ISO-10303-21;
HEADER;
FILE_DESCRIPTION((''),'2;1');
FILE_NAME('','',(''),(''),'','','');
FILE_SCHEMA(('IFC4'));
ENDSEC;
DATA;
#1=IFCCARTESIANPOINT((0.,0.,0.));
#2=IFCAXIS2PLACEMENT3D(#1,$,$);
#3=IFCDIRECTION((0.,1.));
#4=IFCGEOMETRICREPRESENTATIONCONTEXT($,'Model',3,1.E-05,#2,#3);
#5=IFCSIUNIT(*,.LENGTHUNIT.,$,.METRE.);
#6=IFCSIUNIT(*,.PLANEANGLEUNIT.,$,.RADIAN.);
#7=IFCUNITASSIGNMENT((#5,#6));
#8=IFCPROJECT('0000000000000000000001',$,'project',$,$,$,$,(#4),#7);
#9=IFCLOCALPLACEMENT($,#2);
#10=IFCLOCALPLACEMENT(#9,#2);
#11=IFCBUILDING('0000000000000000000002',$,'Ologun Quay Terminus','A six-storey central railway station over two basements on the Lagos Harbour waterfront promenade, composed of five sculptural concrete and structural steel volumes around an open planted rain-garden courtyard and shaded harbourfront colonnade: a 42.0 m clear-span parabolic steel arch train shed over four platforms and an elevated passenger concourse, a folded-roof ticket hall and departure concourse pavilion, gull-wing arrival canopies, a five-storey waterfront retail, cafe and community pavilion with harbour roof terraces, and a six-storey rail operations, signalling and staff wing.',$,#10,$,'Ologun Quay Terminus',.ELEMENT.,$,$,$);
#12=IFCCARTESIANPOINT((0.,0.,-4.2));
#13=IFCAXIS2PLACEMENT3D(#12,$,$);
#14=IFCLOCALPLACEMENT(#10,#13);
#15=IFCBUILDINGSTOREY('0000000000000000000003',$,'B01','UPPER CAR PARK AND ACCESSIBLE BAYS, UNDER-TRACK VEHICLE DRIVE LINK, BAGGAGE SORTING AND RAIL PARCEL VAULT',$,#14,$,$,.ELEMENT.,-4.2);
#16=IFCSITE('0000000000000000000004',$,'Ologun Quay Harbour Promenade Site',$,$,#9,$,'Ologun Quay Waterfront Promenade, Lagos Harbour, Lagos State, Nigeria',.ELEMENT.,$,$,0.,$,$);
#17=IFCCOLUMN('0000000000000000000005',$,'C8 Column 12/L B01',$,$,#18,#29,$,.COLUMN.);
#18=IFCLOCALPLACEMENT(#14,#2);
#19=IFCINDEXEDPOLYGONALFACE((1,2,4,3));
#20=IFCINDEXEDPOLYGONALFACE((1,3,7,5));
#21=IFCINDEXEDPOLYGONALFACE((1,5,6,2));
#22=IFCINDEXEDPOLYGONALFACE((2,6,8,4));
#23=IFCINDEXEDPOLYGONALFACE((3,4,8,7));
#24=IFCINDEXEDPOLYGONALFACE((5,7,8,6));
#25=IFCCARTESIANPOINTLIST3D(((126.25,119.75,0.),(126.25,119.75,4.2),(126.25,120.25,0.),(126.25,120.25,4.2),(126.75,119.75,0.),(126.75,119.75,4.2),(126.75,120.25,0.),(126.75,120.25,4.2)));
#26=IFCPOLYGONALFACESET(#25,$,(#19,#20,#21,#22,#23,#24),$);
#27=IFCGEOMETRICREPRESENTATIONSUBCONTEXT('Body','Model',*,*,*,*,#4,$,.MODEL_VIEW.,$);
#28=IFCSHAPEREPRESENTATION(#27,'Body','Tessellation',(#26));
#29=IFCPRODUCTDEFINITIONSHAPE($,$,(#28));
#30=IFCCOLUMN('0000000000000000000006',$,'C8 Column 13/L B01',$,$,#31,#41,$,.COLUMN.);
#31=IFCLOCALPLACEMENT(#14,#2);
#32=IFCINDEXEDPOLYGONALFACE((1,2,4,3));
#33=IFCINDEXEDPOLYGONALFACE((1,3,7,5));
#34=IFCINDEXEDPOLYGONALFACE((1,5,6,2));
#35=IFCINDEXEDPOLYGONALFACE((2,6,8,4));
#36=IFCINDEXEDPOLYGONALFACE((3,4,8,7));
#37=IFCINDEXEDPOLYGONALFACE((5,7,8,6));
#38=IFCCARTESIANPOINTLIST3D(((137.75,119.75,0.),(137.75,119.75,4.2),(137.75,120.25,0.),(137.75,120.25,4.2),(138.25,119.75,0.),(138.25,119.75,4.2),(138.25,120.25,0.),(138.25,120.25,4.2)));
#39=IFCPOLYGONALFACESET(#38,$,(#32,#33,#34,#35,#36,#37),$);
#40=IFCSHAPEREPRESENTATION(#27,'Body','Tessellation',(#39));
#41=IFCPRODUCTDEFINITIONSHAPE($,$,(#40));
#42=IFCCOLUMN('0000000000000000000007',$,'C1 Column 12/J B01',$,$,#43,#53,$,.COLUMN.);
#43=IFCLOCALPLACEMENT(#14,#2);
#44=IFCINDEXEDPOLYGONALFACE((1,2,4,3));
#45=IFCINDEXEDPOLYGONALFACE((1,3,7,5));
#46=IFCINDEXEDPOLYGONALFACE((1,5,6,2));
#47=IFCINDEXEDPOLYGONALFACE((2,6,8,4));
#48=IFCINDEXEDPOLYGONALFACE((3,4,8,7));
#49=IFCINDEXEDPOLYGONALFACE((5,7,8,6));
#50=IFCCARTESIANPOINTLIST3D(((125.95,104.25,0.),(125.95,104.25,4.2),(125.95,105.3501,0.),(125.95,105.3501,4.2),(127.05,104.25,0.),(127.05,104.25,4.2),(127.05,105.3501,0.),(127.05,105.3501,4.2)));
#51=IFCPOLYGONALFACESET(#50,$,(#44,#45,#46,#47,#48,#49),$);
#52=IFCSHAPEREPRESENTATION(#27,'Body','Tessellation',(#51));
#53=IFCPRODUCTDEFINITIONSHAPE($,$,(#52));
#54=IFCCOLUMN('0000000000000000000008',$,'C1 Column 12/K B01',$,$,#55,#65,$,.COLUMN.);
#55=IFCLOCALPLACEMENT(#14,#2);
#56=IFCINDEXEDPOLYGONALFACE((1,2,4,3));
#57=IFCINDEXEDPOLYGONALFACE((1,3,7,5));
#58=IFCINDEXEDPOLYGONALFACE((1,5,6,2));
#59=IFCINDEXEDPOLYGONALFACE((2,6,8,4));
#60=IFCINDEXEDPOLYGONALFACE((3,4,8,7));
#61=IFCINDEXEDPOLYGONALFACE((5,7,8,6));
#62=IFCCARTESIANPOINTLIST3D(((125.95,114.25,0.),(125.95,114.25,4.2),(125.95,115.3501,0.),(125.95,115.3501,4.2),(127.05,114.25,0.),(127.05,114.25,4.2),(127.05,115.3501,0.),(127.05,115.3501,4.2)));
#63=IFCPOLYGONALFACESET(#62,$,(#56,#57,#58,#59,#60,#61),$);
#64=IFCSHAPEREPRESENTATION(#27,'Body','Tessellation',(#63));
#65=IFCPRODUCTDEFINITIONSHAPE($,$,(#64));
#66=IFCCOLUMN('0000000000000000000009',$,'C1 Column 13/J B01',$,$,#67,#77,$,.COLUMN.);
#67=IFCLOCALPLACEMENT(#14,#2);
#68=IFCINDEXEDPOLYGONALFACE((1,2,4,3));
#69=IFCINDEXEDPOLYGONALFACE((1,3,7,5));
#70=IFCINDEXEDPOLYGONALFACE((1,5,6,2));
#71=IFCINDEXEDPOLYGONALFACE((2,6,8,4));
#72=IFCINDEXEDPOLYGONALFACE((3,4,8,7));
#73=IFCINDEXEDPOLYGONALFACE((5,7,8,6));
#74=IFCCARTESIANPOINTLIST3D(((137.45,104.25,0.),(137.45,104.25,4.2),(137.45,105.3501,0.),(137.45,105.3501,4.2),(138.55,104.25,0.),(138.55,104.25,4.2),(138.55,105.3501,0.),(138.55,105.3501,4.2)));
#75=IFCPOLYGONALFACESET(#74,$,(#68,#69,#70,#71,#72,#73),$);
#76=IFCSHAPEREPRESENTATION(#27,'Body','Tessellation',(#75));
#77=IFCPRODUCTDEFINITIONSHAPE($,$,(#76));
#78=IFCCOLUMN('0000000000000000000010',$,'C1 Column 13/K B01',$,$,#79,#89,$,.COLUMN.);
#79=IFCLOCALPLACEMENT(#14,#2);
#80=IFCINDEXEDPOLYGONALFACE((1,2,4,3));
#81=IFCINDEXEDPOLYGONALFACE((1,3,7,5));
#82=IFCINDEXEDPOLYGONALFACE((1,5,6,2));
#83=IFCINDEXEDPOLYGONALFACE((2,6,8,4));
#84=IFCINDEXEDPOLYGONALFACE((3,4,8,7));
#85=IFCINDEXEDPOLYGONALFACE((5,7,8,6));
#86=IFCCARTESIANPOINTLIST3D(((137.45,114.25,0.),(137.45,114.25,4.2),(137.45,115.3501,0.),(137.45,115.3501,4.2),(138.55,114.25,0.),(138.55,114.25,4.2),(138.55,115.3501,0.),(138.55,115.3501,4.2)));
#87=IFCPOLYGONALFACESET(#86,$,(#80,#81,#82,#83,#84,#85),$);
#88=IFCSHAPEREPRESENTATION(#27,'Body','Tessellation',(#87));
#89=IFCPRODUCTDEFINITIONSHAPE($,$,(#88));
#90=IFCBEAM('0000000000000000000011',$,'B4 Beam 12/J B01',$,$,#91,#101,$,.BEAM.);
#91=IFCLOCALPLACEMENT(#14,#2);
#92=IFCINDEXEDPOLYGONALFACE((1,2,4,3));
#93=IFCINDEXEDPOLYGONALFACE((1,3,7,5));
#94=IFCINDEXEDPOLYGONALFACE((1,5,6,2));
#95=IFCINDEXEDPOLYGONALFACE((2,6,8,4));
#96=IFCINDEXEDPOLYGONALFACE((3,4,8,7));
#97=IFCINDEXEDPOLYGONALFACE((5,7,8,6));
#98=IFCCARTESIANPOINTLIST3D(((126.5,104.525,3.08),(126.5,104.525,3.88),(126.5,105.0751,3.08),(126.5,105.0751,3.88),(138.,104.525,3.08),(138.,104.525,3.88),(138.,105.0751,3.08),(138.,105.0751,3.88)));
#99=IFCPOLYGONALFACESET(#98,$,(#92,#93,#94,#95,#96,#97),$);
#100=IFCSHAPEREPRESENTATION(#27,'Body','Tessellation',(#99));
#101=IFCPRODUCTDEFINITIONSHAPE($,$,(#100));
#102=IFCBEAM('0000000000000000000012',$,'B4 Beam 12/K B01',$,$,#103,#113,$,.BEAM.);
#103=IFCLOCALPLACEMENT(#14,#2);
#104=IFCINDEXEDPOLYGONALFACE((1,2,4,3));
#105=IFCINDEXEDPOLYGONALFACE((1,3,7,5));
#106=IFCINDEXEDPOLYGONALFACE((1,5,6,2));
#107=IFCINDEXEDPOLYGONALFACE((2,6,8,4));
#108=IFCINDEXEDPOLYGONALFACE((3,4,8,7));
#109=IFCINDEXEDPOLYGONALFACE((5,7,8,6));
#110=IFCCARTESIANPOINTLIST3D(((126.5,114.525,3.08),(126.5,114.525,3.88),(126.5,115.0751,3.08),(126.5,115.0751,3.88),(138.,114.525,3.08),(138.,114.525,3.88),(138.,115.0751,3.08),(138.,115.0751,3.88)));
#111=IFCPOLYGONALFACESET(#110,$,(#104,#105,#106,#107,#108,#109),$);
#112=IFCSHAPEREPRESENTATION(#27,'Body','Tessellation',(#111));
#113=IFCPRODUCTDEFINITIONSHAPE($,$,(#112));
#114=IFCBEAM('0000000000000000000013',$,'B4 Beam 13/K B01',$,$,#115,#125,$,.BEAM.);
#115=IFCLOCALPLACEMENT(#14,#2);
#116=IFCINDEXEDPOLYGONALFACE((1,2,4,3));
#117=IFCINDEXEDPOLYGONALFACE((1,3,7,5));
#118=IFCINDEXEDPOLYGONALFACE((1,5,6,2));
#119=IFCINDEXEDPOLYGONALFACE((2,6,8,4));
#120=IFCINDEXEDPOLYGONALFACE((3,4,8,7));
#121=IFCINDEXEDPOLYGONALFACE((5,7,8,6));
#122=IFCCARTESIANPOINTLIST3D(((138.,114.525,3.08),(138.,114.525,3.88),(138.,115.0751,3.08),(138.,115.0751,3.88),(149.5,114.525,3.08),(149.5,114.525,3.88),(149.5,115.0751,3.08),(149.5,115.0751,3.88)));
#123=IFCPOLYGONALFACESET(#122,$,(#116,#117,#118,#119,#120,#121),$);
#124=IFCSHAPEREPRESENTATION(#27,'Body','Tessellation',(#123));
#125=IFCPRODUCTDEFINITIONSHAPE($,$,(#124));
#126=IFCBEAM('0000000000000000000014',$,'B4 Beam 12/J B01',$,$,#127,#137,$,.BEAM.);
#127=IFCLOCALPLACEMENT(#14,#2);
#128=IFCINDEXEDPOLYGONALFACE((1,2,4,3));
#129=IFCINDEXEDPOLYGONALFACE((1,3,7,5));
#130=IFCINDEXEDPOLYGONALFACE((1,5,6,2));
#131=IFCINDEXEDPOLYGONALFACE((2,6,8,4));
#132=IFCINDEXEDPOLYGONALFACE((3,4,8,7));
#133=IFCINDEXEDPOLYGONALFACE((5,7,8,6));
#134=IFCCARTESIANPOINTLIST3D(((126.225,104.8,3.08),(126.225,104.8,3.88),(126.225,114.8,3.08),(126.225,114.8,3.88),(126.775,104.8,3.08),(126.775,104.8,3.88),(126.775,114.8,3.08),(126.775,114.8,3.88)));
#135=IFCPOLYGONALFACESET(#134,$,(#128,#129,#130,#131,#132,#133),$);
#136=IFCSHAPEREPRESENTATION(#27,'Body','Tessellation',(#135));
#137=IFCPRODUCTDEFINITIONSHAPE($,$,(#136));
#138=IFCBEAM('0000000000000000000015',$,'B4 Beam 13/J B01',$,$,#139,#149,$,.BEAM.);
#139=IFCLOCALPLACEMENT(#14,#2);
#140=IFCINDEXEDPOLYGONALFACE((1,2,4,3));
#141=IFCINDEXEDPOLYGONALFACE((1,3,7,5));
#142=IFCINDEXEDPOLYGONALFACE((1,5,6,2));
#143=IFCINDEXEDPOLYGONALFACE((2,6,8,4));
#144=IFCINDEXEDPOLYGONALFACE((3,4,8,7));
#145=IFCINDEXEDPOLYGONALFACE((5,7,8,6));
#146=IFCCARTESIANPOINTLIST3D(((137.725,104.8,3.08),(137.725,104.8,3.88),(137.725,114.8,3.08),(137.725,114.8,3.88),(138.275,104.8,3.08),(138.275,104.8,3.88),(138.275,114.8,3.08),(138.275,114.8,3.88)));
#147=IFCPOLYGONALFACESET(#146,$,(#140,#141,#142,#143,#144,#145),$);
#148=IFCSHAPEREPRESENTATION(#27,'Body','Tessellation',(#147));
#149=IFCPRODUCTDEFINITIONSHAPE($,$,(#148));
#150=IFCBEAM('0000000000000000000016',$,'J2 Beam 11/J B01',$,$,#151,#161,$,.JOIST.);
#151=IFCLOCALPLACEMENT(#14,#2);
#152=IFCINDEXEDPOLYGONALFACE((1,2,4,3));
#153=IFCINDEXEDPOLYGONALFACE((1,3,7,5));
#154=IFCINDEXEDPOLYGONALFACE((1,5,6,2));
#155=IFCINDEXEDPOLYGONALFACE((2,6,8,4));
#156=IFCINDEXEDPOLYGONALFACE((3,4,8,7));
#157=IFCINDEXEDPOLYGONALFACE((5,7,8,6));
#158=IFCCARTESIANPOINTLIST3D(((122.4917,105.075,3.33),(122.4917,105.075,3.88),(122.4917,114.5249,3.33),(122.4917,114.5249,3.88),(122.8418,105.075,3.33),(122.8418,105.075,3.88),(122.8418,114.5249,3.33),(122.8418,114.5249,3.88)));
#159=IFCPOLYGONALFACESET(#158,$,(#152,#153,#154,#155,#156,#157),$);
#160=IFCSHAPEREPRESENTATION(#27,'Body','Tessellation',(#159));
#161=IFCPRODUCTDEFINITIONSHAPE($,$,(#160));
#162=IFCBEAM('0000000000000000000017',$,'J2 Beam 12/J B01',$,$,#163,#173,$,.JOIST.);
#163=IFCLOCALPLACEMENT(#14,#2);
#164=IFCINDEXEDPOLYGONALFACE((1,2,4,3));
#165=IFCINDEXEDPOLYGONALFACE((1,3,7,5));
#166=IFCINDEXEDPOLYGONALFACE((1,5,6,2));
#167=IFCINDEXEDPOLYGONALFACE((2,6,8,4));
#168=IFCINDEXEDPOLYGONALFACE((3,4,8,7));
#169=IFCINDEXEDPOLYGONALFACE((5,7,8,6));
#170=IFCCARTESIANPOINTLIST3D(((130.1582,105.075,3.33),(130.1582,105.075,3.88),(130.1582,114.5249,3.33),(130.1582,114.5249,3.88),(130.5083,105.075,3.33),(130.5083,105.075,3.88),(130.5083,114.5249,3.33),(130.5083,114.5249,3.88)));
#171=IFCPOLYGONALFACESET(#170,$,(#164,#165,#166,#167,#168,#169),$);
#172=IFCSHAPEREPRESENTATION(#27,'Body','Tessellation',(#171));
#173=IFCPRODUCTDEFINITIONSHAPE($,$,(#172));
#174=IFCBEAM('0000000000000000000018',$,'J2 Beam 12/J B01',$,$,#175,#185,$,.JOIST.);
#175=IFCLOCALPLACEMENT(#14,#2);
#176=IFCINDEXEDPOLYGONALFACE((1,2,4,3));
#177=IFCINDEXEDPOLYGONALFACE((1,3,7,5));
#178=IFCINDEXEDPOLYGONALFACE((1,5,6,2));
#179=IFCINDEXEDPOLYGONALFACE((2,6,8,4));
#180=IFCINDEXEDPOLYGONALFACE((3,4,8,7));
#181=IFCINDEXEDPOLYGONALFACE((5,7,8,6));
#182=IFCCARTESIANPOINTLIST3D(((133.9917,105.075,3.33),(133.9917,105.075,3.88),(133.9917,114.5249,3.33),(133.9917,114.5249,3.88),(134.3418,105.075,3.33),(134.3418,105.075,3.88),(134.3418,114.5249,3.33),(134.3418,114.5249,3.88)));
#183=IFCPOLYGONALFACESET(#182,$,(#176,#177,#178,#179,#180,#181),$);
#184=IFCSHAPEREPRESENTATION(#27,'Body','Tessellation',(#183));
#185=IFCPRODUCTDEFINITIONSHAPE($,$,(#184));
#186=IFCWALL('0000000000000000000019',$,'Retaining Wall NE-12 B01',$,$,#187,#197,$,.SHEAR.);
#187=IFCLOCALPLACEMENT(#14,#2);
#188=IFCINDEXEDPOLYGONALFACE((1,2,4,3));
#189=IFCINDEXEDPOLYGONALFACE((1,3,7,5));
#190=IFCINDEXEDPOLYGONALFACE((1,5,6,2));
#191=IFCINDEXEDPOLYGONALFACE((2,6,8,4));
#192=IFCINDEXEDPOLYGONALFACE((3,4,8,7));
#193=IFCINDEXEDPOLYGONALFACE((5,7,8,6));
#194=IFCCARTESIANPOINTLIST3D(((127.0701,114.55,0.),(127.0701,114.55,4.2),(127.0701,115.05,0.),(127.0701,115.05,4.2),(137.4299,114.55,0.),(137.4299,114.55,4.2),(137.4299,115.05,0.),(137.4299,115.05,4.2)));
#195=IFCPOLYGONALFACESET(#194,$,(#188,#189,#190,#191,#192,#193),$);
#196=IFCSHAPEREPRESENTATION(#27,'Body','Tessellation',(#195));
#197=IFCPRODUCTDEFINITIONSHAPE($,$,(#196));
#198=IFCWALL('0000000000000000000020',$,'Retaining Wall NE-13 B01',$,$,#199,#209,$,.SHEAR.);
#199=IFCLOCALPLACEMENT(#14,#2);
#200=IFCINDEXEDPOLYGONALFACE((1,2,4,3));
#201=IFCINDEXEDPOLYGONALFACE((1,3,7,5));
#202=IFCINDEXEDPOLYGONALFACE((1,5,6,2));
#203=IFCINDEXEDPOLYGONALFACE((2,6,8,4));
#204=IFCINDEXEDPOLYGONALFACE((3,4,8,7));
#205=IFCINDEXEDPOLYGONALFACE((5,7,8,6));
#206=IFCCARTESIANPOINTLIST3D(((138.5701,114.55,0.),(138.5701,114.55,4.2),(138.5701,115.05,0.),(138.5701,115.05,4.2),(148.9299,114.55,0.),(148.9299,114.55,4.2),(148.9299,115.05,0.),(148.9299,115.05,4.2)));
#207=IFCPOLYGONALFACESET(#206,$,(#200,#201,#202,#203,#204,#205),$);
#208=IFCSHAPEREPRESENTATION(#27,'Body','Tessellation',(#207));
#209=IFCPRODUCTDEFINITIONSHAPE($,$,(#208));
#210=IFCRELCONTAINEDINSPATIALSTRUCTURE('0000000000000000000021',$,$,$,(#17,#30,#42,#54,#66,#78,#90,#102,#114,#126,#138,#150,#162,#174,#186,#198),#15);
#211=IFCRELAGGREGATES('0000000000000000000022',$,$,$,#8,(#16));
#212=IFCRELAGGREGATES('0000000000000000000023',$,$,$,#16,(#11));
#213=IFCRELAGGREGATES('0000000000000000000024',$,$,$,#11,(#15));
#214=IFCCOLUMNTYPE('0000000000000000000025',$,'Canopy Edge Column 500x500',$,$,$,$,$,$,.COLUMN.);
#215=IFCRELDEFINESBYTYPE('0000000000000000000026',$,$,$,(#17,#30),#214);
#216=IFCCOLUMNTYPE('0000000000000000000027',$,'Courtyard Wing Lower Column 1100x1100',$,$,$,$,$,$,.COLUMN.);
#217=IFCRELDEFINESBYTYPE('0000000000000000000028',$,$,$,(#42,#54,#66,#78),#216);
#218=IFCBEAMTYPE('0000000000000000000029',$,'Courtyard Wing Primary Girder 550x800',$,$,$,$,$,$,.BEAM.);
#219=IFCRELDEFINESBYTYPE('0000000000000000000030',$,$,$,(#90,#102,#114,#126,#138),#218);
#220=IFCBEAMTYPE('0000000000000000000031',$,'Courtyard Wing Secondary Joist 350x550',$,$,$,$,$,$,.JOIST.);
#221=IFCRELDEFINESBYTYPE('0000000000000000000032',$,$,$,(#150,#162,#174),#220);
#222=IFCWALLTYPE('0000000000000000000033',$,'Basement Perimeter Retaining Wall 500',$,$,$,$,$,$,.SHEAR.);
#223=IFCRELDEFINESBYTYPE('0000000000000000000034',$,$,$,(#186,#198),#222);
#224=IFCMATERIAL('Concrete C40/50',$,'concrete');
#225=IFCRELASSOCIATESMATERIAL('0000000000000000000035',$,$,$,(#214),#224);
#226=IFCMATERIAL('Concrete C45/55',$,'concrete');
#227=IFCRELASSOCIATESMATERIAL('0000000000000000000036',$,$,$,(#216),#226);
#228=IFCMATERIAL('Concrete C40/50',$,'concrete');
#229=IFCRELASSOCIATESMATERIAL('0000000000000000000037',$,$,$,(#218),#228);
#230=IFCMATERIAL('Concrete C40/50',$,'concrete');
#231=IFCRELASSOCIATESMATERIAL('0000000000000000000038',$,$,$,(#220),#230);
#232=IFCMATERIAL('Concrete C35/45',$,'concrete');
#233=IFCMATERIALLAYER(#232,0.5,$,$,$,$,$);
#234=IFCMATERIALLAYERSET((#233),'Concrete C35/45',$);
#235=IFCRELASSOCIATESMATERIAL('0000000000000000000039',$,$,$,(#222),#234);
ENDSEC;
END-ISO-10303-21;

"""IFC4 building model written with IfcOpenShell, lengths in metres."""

from ifc_helpers import new_model, si_unit, direction, frame, frame_2d, origin, origin_2d, place, context, subcontext, project, spatial, rectangle, extrude, material, layer, layer_set, material_profile, profile_set, type_object, element, save


model = new_model("IFC4")

# Units and contexts
model_context = context("Model", 3, precision=1e-05, world=origin(), true_north=direction((0.0, 1.0)))
body_context = subcontext(model_context, "Body", "Model", "MODEL_VIEW")
ifc_project = project(units=[si_unit("LENGTHUNIT", "METRE"), si_unit("PLANEANGLEUNIT", "RADIAN")], contexts=[model_context])

# Site, building, storey
site_placement = place(None, origin())
site = spatial("IfcSite", under=ifc_project, at=site_placement, Name="Ologun Quay Harbour Promenade Site", LongName="Ologun Quay Waterfront Promenade, Lagos Harbour, Lagos State, Nigeria", CompositionType="ELEMENT", RefElevation=0.0)
building_placement = place(site_placement, origin())
building = spatial("IfcBuilding", under=site, at=building_placement, Name="Ologun Quay Terminus", Description="A six-storey central railway station over two basements on the Lagos Harbour waterfront promenade, composed of five sculptural concrete and structural steel volumes around an open planted rain-garden courtyard and shaded harbourfront colonnade: a 42.0 m clear-span parabolic steel arch train shed over four platforms and an elevated passenger concourse, a folded-roof ticket hall and departure concourse pavilion, gull-wing arrival canopies, a five-storey waterfront retail, cafe and community pavilion with harbour roof terraces, and a six-storey rail operations, signalling and staff wing.", LongName="Ologun Quay Terminus", CompositionType="ELEMENT")
storey_placement = place(building_placement, frame((0.0, 0.0, -4.2)))
storey = spatial("IfcBuildingStorey", under=building, at=storey_placement, Name="B01", Description="UPPER CAR PARK AND ACCESSIBLE BAYS, UNDER-TRACK VEHICLE DRIVE LINK, BAGGAGE SORTING AND RAIL PARCEL VAULT", CompositionType="ELEMENT", Elevation=-4.2)

# Columns
ifc_material_1 = material(Name="Concrete C40/50", Category="concrete")
ifc_material_profile_1 = material_profile(ifc_material_1, rectangle(XDim=0.5, YDim=0.5, at=origin_2d()), Name="RC 500x500")
ifc_profile_set_1 = profile_set([ifc_material_profile_1], Name="Concrete C40/50")
column_type_1 = type_object("IfcColumnType", Name="Canopy Edge Column 500x500", PredefinedType="COLUMN", material=ifc_profile_set_1)
for number, where, z_axis, x_axis, name in (
    (1, (126.5, 120.0, 0.0), (0.0, 0.0, 1.0), (1.0, 0.0, 0.0), "C8 Column 12/L B01"),
    (2, (138.0, 120.0, 0.0), (0.0, 0.0, 1.0), (1.0, 0.0, 0.0), "C8 Column 13/L B01"),
):
    element("IfcColumn", number, at=place(storey_placement, frame(where, z_axis=z_axis, x_axis=x_axis)), inside=storey, type_object=column_type_1, Name=name, PredefinedType="COLUMN", context=body_context, shape_type="SweptSolid", body=[
        extrude(rectangle(XDim=0.5, YDim=0.5, at=origin_2d()), origin(), (0.0, 0.0, 1.0), 4.2),
    ])
ifc_material_2 = material(Name="Concrete C45/55", Category="concrete")
ifc_material_profile_2 = material_profile(ifc_material_2, rectangle(XDim=1.1001, YDim=1.1001, at=origin_2d()), Name="RC 1100x1100")
ifc_profile_set_2 = profile_set([ifc_material_profile_2], Name="Concrete C45/55")
column_type_2 = type_object("IfcColumnType", Name="Courtyard Wing Lower Column 1100x1100", PredefinedType="COLUMN", material=ifc_profile_set_2)
for number, where, z_axis, x_axis, name in (
    (3, (126.5, 104.8, 0.0), (0.0, 0.0, 1.0), (1.0, 0.0, 0.0), "C1 Column 12/J B01"),
    (4, (126.5, 114.8, 0.0), (0.0, 0.0, 1.0), (1.0, 0.0, 0.0), "C1 Column 12/K B01"),
    (5, (138.0, 104.8, 0.0), (0.0, 0.0, 1.0), (1.0, 0.0, 0.0), "C1 Column 13/J B01"),
    (6, (138.0, 114.8, 0.0), (0.0, 0.0, 1.0), (1.0, 0.0, 0.0), "C1 Column 13/K B01"),
):
    element("IfcColumn", number, at=place(storey_placement, frame(where, z_axis=z_axis, x_axis=x_axis)), inside=storey, type_object=column_type_2, Name=name, PredefinedType="COLUMN", context=body_context, shape_type="SweptSolid", body=[
        extrude(rectangle(XDim=1.1001, YDim=1.1001, at=origin_2d()), origin(), (0.0, 0.0, 1.0), 4.2),
    ])

# Beams
ifc_material_3 = material(Name="Concrete C40/50", Category="concrete")
ifc_material_profile_3 = material_profile(ifc_material_3, rectangle(XDim=0.55, YDim=0.8, at=origin_2d()), Name="RC 550x800")
ifc_profile_set_3 = profile_set([ifc_material_profile_3], Name="Concrete C40/50")
beam_type_1 = type_object("IfcBeamType", Name="Courtyard Wing Primary Girder 550x800", PredefinedType="BEAM", material=ifc_profile_set_3)
for number, where, z_axis, x_axis, name in (
    (7, (126.5, 104.8, 3.48), (1.0, 0.0, 0.0), (0.0, 1.0, 0.0), "B4 Beam 12/J B01"),
    (8, (126.5, 114.8, 3.48), (1.0, 0.0, 0.0), (0.0, 1.0, 0.0), "B4 Beam 12/K B01"),
    (9, (138.0, 114.8, 3.48), (1.0, 0.0, 0.0), (0.0, 1.0, 0.0), "B4 Beam 13/K B01"),
):
    element("IfcBeam", number, at=place(storey_placement, frame(where, z_axis=z_axis, x_axis=x_axis)), inside=storey, type_object=beam_type_1, Name=name, PredefinedType="BEAM", context=body_context, shape_type="SweptSolid", body=[
        extrude(rectangle(XDim=0.55, YDim=0.8, at=origin_2d()), origin(), (0.0, 0.0, 1.0), 11.5),
    ])
for number, where, z_axis, x_axis, name in (
    (10, (126.5, 104.8, 3.48), (0.0, 1.0, 0.0), (-1.0, 0.0, 0.0), "B4 Beam 12/J B01"),
    (11, (138.0, 104.8, 3.48), (0.0, 1.0, 0.0), (-1.0, 0.0, 0.0), "B4 Beam 13/J B01"),
):
    element("IfcBeam", number, at=place(storey_placement, frame(where, z_axis=z_axis, x_axis=x_axis)), inside=storey, type_object=beam_type_1, Name=name, PredefinedType="BEAM", context=body_context, shape_type="SweptSolid", body=[
        extrude(rectangle(XDim=0.55, YDim=0.8, at=origin_2d()), origin(), (0.0, 0.0, 1.0), 10.0),
    ])
ifc_material_4 = material(Name="Concrete C40/50", Category="concrete")
ifc_material_profile_4 = material_profile(ifc_material_4, rectangle(XDim=0.3501, YDim=0.55, at=origin_2d()), Name="RC 350x550")
ifc_profile_set_4 = profile_set([ifc_material_profile_4], Name="Concrete C40/50")
beam_type_2 = type_object("IfcBeamType", Name="Courtyard Wing Secondary Joist 350x550", PredefinedType="JOIST", material=ifc_profile_set_4)
for number, where, z_axis, x_axis, name in (
    (12, (122.6667, 105.075, 3.605), (0.0, 1.0, 0.0), (-1.0, 0.0, 0.0), "J2 Beam 11/J B01"),
    (13, (130.3333, 105.075, 3.605), (0.0, 1.0, 0.0), (-1.0, 0.0, 0.0), "J2 Beam 12/J B01"),
    (14, (134.1667, 105.075, 3.605), (0.0, 1.0, 0.0), (-1.0, 0.0, 0.0), "J2 Beam 12/J B01"),
):
    element("IfcBeam", number, at=place(storey_placement, frame(where, z_axis=z_axis, x_axis=x_axis)), inside=storey, type_object=beam_type_2, Name=name, PredefinedType="JOIST", context=body_context, shape_type="SweptSolid", body=[
        extrude(rectangle(XDim=0.3501, YDim=0.55, at=origin_2d()), origin(), (0.0, 0.0, 1.0), 9.45),
    ])

# Walls
ifc_material_5 = material(Name="Concrete C35/45", Category="concrete")
ifc_layer_1 = layer(ifc_material_5, 0.5)
ifc_layer_set_1 = layer_set([ifc_layer_1], Name="Concrete C35/45")
wall_type_1 = type_object("IfcWallType", Name="Basement Perimeter Retaining Wall 500", PredefinedType="SHEAR", material=ifc_layer_set_1)
for number, where, z_axis, x_axis, name in (
    (15, (127.0701, 114.8, 0.0), (0.0, 0.0, 1.0), (1.0, 0.0, 0.0), "Retaining Wall NE-12 B01"),
    (16, (138.5701, 114.8, 0.0), (0.0, 0.0, 1.0), (1.0, 0.0, 0.0), "Retaining Wall NE-13 B01"),
):
    element("IfcWall", number, at=place(storey_placement, frame(where, z_axis=z_axis, x_axis=x_axis)), inside=storey, type_object=wall_type_1, Name=name, PredefinedType="SHEAR", context=body_context, shape_type="SweptSolid", body=[
        extrude(rectangle(XDim=10.3599, YDim=0.5, at=frame_2d((5.1799, 0.0))), origin(), (0.0, 0.0, 1.0), 4.2),
    ])

save(model, "model.ifc")
